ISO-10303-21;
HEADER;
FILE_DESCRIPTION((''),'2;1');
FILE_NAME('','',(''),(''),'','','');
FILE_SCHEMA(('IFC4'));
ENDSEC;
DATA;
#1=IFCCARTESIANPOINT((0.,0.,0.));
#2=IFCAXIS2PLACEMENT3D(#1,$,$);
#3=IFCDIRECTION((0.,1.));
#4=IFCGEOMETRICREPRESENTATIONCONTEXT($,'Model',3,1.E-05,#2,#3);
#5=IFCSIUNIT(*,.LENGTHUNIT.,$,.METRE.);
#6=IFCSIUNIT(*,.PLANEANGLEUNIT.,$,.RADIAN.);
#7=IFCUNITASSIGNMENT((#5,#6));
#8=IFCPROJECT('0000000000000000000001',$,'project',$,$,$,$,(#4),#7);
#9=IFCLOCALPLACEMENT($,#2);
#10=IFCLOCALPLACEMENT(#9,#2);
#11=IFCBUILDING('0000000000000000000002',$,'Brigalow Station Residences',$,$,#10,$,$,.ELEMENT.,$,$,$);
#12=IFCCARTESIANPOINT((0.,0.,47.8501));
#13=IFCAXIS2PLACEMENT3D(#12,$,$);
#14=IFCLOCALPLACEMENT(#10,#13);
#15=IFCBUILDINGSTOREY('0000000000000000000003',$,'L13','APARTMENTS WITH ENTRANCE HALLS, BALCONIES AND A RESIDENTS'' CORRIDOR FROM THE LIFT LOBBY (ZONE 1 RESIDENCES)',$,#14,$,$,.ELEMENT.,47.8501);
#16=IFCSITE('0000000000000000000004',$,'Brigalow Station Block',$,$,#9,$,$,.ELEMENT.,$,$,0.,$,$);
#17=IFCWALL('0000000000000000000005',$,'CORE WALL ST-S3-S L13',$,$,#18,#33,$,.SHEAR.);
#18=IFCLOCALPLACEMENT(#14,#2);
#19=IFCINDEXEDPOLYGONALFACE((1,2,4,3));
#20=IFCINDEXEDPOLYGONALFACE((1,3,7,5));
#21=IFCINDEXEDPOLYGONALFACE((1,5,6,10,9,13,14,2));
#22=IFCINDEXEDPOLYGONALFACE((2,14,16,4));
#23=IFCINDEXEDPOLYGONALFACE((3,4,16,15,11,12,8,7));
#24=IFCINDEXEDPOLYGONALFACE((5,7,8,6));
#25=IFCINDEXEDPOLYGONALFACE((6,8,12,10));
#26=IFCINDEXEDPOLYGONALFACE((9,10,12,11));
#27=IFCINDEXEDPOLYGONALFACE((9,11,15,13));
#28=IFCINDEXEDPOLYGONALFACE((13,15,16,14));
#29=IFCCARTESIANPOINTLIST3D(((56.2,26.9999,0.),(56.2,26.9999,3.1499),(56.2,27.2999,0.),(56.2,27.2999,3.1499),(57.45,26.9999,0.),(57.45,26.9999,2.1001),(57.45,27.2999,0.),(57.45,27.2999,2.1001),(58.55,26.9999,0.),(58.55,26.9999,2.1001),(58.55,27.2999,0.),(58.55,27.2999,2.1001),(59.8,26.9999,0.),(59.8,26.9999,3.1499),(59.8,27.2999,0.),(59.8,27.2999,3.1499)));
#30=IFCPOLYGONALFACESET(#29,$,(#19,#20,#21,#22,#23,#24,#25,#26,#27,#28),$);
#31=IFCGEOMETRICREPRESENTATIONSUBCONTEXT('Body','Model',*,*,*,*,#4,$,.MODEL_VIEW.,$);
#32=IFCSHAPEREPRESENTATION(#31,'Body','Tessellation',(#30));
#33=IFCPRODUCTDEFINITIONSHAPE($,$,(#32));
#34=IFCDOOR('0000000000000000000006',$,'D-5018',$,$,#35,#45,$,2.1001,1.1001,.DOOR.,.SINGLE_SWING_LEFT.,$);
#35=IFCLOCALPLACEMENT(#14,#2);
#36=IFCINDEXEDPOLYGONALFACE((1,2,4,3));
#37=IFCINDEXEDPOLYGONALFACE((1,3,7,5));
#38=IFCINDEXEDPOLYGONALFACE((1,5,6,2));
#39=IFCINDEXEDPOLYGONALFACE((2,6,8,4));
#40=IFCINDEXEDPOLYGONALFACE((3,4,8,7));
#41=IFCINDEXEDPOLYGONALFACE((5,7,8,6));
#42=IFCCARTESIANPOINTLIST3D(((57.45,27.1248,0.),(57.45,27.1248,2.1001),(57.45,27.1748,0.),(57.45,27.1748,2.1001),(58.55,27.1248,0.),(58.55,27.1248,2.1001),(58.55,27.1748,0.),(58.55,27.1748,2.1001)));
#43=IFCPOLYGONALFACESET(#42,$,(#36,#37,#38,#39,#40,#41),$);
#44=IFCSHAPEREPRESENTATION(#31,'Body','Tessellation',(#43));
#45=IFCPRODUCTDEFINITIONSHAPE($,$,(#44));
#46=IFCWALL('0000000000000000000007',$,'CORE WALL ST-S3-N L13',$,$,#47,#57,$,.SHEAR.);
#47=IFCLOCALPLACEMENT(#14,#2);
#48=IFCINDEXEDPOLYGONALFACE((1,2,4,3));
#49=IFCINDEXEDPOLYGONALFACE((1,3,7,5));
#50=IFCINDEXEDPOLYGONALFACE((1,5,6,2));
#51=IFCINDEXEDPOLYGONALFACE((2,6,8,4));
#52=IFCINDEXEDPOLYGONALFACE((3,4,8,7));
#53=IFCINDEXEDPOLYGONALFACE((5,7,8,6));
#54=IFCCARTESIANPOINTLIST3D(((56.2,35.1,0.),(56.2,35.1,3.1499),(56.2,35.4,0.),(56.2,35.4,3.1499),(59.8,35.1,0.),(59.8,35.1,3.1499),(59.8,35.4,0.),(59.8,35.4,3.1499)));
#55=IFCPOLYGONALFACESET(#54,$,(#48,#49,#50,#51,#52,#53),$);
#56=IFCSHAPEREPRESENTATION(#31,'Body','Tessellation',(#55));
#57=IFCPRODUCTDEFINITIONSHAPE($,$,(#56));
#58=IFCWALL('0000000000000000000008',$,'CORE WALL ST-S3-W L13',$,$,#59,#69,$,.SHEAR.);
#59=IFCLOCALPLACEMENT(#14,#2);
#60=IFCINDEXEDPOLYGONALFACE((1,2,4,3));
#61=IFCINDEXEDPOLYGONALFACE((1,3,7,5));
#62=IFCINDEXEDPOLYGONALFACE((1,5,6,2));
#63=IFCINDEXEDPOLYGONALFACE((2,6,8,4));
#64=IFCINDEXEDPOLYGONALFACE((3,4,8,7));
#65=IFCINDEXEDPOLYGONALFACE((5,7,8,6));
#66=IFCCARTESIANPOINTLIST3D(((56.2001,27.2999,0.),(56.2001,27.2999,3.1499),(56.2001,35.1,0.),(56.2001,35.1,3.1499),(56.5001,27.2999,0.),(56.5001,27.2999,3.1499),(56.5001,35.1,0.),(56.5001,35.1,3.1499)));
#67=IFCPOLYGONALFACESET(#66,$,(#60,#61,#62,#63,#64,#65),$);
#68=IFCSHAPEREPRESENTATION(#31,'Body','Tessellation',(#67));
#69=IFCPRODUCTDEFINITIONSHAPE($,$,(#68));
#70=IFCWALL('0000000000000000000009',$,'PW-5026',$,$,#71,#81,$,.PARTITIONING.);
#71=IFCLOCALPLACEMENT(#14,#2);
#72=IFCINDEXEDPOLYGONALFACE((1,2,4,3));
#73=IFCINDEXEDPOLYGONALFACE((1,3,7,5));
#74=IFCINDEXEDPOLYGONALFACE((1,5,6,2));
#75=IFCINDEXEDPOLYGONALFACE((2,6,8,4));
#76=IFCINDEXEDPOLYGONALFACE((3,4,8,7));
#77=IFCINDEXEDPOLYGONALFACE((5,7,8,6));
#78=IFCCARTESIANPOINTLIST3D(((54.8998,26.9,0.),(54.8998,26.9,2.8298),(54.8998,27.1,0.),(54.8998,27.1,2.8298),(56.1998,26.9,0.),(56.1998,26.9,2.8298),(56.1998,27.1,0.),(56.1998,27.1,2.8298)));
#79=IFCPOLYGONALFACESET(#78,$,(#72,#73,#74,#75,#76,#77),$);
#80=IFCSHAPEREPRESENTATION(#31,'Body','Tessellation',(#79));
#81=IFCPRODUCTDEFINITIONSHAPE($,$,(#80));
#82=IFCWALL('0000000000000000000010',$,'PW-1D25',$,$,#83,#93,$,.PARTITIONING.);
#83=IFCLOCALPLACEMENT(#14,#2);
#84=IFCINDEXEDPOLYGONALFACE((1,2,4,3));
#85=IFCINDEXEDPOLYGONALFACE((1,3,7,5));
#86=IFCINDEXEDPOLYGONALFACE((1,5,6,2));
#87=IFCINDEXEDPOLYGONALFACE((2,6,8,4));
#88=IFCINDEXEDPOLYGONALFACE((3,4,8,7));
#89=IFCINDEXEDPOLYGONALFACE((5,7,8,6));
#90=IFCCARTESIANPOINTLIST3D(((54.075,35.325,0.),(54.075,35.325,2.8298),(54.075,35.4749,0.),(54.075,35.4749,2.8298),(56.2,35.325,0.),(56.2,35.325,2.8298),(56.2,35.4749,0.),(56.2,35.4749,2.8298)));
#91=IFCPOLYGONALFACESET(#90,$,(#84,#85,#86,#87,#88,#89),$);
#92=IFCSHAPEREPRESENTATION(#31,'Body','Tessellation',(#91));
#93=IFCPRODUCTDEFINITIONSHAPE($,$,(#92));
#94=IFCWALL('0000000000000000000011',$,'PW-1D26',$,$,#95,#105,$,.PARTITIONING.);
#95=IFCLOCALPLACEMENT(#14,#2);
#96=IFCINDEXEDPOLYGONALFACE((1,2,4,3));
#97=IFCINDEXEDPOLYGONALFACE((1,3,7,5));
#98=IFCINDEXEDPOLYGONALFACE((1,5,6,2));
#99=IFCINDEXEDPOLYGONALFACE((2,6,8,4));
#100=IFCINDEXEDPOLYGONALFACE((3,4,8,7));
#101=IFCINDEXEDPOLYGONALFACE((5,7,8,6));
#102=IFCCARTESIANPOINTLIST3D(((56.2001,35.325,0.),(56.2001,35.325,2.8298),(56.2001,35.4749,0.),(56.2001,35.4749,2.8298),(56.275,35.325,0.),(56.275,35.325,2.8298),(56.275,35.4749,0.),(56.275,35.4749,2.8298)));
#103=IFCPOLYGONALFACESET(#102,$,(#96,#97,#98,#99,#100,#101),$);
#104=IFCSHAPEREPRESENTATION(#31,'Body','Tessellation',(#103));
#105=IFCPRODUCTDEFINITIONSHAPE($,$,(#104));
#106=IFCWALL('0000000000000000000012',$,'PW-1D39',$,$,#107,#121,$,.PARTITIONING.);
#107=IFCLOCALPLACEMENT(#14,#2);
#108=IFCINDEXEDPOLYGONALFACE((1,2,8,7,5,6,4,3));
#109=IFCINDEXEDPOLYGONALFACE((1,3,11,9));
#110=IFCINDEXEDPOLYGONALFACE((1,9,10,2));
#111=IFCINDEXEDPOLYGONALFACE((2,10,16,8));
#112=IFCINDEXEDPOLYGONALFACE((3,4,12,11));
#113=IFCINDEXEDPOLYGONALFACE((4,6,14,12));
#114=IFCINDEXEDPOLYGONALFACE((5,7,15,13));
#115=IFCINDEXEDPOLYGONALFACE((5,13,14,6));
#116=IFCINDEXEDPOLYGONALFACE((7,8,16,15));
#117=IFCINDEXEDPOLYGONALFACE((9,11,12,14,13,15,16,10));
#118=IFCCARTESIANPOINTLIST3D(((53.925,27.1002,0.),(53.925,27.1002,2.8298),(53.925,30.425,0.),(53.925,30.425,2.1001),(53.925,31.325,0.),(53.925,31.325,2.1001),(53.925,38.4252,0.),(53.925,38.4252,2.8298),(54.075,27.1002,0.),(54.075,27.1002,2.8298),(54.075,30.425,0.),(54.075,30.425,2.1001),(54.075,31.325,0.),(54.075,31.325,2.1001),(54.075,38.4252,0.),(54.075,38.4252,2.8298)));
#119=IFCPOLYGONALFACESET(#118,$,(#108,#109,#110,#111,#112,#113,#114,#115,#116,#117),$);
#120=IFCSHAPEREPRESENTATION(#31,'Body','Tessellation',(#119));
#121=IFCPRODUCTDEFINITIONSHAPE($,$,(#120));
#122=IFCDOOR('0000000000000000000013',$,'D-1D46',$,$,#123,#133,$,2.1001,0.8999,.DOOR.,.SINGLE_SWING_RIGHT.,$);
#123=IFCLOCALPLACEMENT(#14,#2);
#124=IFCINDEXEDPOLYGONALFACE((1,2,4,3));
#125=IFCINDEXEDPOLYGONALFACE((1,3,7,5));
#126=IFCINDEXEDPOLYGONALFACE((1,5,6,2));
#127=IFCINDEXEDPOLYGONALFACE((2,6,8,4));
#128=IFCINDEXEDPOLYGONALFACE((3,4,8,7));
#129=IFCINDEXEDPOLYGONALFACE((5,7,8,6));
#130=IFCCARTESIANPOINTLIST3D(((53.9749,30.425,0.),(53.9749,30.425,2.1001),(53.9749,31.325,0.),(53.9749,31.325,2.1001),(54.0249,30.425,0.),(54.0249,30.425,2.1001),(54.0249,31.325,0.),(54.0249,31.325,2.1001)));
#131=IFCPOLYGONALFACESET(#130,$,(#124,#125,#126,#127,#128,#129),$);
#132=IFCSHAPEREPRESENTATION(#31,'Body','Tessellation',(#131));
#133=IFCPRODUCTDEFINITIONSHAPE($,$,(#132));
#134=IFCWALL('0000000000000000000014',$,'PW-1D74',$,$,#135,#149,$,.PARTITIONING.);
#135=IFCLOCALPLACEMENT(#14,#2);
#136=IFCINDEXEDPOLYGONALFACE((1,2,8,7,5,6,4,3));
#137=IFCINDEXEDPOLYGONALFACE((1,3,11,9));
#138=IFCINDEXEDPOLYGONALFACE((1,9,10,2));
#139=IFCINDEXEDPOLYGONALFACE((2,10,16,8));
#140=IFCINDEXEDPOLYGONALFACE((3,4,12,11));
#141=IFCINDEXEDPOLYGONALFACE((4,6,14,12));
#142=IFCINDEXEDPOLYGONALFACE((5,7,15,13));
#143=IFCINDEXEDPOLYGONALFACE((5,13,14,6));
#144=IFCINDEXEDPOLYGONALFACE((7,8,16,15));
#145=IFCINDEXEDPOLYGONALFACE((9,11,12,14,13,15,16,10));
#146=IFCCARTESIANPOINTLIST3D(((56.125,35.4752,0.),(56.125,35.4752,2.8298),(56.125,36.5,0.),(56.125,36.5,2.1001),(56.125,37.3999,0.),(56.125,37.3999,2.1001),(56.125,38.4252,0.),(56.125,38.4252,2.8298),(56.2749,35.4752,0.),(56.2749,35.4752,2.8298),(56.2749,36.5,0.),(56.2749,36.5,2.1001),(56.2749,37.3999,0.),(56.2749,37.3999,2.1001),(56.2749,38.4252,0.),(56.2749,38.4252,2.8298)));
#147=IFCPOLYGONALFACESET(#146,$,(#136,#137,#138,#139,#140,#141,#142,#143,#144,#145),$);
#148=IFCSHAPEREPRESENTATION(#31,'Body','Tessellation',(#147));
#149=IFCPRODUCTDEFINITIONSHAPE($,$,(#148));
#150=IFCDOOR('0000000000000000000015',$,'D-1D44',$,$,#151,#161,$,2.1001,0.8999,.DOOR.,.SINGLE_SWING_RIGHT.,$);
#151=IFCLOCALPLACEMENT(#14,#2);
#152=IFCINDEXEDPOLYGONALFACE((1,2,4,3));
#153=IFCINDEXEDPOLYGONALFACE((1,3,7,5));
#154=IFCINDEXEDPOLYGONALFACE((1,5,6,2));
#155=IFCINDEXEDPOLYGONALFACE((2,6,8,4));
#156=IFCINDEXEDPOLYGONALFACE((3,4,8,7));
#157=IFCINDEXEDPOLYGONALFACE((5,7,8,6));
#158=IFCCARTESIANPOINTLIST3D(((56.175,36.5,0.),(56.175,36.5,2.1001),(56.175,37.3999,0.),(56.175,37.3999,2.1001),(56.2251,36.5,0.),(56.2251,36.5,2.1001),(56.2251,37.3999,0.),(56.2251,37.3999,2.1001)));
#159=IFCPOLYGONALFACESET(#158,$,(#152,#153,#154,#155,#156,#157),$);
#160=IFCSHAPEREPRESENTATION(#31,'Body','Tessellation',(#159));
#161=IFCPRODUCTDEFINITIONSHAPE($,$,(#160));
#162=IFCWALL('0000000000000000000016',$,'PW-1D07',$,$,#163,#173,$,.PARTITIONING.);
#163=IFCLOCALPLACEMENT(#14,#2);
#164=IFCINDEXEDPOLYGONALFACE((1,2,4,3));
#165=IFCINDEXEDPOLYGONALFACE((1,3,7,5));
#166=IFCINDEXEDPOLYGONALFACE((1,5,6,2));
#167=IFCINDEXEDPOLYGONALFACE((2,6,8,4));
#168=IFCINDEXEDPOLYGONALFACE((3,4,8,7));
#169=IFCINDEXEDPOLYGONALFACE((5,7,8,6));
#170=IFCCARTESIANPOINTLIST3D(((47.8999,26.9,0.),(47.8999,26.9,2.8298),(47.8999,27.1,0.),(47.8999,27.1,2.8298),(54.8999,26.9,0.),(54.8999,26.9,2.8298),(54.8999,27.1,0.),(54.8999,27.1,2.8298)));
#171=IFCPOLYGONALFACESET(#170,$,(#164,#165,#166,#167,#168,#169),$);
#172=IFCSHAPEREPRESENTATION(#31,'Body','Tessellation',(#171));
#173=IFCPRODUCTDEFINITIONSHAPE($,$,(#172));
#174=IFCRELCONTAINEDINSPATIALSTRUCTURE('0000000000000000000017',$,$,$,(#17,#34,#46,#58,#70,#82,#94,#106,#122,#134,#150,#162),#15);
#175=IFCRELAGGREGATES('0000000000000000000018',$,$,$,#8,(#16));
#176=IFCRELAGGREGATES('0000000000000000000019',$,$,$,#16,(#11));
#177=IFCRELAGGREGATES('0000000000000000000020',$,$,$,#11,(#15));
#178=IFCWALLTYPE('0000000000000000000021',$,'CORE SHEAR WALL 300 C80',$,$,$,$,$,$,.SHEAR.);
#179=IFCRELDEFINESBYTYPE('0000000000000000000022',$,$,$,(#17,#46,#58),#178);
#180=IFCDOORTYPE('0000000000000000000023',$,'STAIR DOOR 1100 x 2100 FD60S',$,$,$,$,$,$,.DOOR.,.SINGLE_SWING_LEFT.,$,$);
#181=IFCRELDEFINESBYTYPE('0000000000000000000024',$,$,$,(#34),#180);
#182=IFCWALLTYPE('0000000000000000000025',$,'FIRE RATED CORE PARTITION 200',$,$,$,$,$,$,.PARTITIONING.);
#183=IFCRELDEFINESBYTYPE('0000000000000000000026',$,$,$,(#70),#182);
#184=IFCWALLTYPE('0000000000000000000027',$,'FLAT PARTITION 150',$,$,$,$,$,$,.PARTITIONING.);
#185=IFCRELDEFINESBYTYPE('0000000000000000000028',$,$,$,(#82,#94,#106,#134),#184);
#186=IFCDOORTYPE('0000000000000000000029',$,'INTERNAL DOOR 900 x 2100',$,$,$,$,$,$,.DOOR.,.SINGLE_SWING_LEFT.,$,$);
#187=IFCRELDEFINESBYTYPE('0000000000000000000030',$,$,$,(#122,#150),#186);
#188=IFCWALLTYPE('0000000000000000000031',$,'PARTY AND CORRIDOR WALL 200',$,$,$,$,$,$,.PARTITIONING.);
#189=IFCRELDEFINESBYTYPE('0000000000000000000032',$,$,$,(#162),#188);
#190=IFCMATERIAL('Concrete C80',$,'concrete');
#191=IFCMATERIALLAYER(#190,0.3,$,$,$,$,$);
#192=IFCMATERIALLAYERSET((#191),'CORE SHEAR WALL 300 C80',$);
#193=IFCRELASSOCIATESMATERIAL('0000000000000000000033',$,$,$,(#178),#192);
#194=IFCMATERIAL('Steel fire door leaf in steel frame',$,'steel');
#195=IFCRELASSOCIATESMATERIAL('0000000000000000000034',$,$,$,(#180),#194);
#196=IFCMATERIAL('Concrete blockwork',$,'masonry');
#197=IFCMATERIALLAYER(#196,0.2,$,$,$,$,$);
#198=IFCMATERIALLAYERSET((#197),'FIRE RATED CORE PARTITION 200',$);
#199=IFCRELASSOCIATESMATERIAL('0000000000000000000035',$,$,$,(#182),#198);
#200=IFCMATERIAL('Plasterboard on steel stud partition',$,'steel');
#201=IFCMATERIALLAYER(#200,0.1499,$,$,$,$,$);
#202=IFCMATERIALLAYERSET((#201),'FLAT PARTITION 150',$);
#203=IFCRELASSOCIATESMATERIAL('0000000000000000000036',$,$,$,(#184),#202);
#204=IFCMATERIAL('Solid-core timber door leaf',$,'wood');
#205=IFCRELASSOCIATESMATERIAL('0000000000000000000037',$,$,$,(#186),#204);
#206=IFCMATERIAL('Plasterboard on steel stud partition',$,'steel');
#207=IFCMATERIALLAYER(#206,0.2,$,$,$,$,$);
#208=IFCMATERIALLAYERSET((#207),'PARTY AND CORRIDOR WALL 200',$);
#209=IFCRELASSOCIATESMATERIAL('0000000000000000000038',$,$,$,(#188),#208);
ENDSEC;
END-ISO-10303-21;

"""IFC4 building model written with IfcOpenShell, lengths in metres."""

from ifc_helpers import new_model, si_unit, direction, frame, frame_2d, origin, place, context, subcontext, project, spatial, rectangle, extrude, material, layer, layer_set, type_object, element, fill, save


model = new_model("IFC4")

# Units and contexts
model_context = context("Model", 3, precision=1e-05, world=origin(), true_north=direction((0.0, 1.0)))
body_context = subcontext(model_context, "Body", "Model", "MODEL_VIEW")
ifc_project = project(units=[si_unit("LENGTHUNIT", "METRE"), si_unit("PLANEANGLEUNIT", "RADIAN")], contexts=[model_context])

# Site, building, storey
site_placement = place(None, origin())
site = spatial("IfcSite", under=ifc_project, at=site_placement, Name="Brigalow Station Block", CompositionType="ELEMENT", RefElevation=0.0)
building_placement = place(site_placement, origin())
building = spatial("IfcBuilding", under=site, at=building_placement, Name="Brigalow Station Residences", CompositionType="ELEMENT")
storey_placement = place(building_placement, frame((0.0, 0.0, 47.8501)))
storey = spatial("IfcBuildingStorey", under=building, at=storey_placement, Name="L13", Description="APARTMENTS WITH ENTRANCE HALLS, BALCONIES AND A RESIDENTS' CORRIDOR FROM THE LIFT LOBBY (ZONE 1 RESIDENCES)", CompositionType="ELEMENT", Elevation=47.8501)

# Wall, opening, door
ifc_material_1 = material(Name="Concrete C80", Category="concrete")
ifc_layer_1 = layer(ifc_material_1, 0.3)
ifc_layer_set_1 = layer_set([ifc_layer_1], Name="CORE SHEAR WALL 300 C80")
wall_type_1 = type_object("IfcWallType", Name="CORE SHEAR WALL 300 C80", PredefinedType="SHEAR", material=ifc_layer_set_1)
wall_1_placement = place(storey_placement, frame((56.2, 27.1499, 0.0), z_axis=(0.0, 0.0, 1.0), x_axis=(1.0, 0.0, 0.0)))
wall_1 = element("IfcWall", 1, at=wall_1_placement, inside=storey, type_object=wall_type_1, Name="CORE WALL ST-S3-S L13", PredefinedType="SHEAR", context=body_context, shape_type="SweptSolid", body=[
    extrude(rectangle(XDim=3.6001, YDim=0.3, at=frame_2d((1.8, 0.0))), origin(), (0.0, 0.0, 1.0), 3.1499),
])
opening_1_placement = place(wall_1_placement, frame((1.25, 0.0, 0.0)))
opening_1 = element("IfcOpeningElement", 2, at=opening_1_placement, cuts=wall_1, PredefinedType="OPENING", context=body_context, shape_type="SweptSolid", body=[
    extrude(rectangle(XDim=1.1001, YDim=2.1001, at=frame_2d((0.55, 1.05))), frame((0.0, 0.1602, 0.0), z_axis=(0.0, -1.0, 0.0), x_axis=(1.0, 0.0, 0.0)), (0.0, 0.0, 1.0), 0.3201),
])
ifc_material_2 = material(Name="Steel fire door leaf in steel frame", Category="steel")
door_type_1 = type_object("IfcDoorType", Name="STAIR DOOR 1100 x 2100 FD60S", OperationType="SINGLE_SWING_LEFT", PredefinedType="DOOR", material=ifc_material_2)
door_1_placement = place(opening_1_placement, origin())
door_1 = element("IfcDoor", 3, at=door_1_placement, inside=storey, type_object=door_type_1, Name="D-5018", OperationType="SINGLE_SWING_LEFT", OverallHeight=2.1001, OverallWidth=1.1001, PredefinedType="DOOR", context=body_context, shape_type="SweptSolid", body=[
    extrude(rectangle(XDim=1.1001, YDim=2.1001, at=frame_2d((0.55, 1.05))), frame((0.0, 0.0249, 0.0), z_axis=(0.0, -1.0, 0.0), x_axis=(1.0, 0.0, 0.0)), (0.0, 0.0, 1.0), 0.05),
])
fill(opening_1, door_1)

# Walls
wall_2_placement = place(storey_placement, frame((56.2, 35.25, 0.0), z_axis=(0.0, 0.0, 1.0), x_axis=(1.0, 0.0, 0.0)))
element("IfcWall", 4, at=wall_2_placement, inside=storey, type_object=wall_type_1, Name="CORE WALL ST-S3-N L13", PredefinedType="SHEAR", context=body_context, shape_type="SweptSolid", body=[
    extrude(rectangle(XDim=3.6001, YDim=0.3, at=frame_2d((1.8, 0.0))), origin(), (0.0, 0.0, 1.0), 3.1499),
])
wall_3_placement = place(storey_placement, frame((56.3501, 27.3, 0.0), z_axis=(0.0, 0.0, 1.0), x_axis=(0.0, 1.0, 0.0)))
element("IfcWall", 5, at=wall_3_placement, inside=storey, type_object=wall_type_1, Name="CORE WALL ST-S3-W L13", PredefinedType="SHEAR", context=body_context, shape_type="SweptSolid", body=[
    extrude(rectangle(XDim=7.8, YDim=0.3, at=frame_2d((3.8999, 0.0))), origin(), (0.0, 0.0, 1.0), 3.1499),
])
ifc_material_3 = material(Name="Concrete blockwork", Category="masonry")
ifc_layer_2 = layer(ifc_material_3, 0.2)
ifc_layer_set_2 = layer_set([ifc_layer_2], Name="FIRE RATED CORE PARTITION 200")
wall_type_2 = type_object("IfcWallType", Name="FIRE RATED CORE PARTITION 200", PredefinedType="PARTITIONING", material=ifc_layer_set_2)
wall_4_placement = place(storey_placement, frame((54.8999, 27.0, 0.0), z_axis=(0.0, 0.0, 1.0), x_axis=(1.0, 0.0, 0.0)))
element("IfcWall", 6, at=wall_4_placement, inside=storey, type_object=wall_type_2, Name="PW-5026", PredefinedType="PARTITIONING", context=body_context, shape_type="SweptSolid", body=[
    extrude(rectangle(XDim=1.3, YDim=0.2, at=frame_2d((0.6499, 0.0))), origin(), (0.0, 0.0, 1.0), 2.8298),
])
ifc_material_4 = material(Name="Plasterboard on steel stud partition", Category="steel")
ifc_layer_3 = layer(ifc_material_4, 0.1499)
ifc_layer_set_3 = layer_set([ifc_layer_3], Name="FLAT PARTITION 150")
wall_type_3 = type_object("IfcWallType", Name="FLAT PARTITION 150", PredefinedType="PARTITIONING", material=ifc_layer_set_3)
wall_5_placement = place(storey_placement, frame((54.075, 35.3999, 0.0), z_axis=(0.0, 0.0, 1.0), x_axis=(1.0, 0.0, 0.0)))
element("IfcWall", 7, at=wall_5_placement, inside=storey, type_object=wall_type_3, Name="PW-1D25", PredefinedType="PARTITIONING", context=body_context, shape_type="SweptSolid", body=[
    extrude(rectangle(XDim=2.125, YDim=0.1499, at=frame_2d((1.0625, 0.0))), origin(), (0.0, 0.0, 1.0), 2.8298),
])
wall_6_placement = place(storey_placement, frame((56.2, 35.3999, 0.0), z_axis=(0.0, 0.0, 1.0), x_axis=(1.0, 0.0, 0.0)))
element("IfcWall", 8, at=wall_6_placement, inside=storey, type_object=wall_type_3, Name="PW-1D26", PredefinedType="PARTITIONING", context=body_context, shape_type="SweptSolid", body=[
    extrude(rectangle(XDim=0.075, YDim=0.1499, at=frame_2d((0.0376, 0.0))), origin(), (0.0, 0.0, 1.0), 2.8298),
])

# Walls, openings, doors
wall_7_placement = place(storey_placement, frame((54.0, 27.1001, 0.0), z_axis=(0.0, 0.0, 1.0), x_axis=(0.0, 1.0, 0.0)))
wall_7 = element("IfcWall", 9, at=wall_7_placement, inside=storey, type_object=wall_type_3, Name="PW-1D39", PredefinedType="PARTITIONING", context=body_context, shape_type="SweptSolid", body=[
    extrude(rectangle(XDim=11.325, YDim=0.1499, at=frame_2d((5.6626, 0.0))), origin(), (0.0, 0.0, 1.0), 2.8298),
])
opening_2_placement = place(wall_7_placement, frame((3.325, 0.0, 0.0)))
opening_2 = element("IfcOpeningElement", 10, at=opening_2_placement, cuts=wall_7, PredefinedType="OPENING", context=body_context, shape_type="SweptSolid", body=[
    extrude(rectangle(XDim=0.8999, YDim=2.1001, at=frame_2d((0.45, 1.05))), frame((0.0, 0.085, 0.0), z_axis=(0.0, -1.0, 0.0), x_axis=(1.0, 0.0, 0.0)), (0.0, 0.0, 1.0), 0.1699),
])
ifc_material_5 = material(Name="Solid-core timber door leaf", Category="wood")
door_type_2 = type_object("IfcDoorType", Name="INTERNAL DOOR 900 x 2100", OperationType="SINGLE_SWING_LEFT", PredefinedType="DOOR", material=ifc_material_5)
door_2_placement = place(opening_2_placement, frame((0.8999, 0.0, 0.0), z_axis=(0.0, 0.0, 1.0), x_axis=(-1.0, 0.0, 0.0)))
door_2 = element("IfcDoor", 11, at=door_2_placement, inside=storey, type_object=door_type_2, Name="D-1D46", OperationType="SINGLE_SWING_RIGHT", OverallHeight=2.1001, OverallWidth=0.8999, PredefinedType="DOOR", context=body_context, shape_type="SweptSolid", body=[
    extrude(rectangle(XDim=0.8999, YDim=2.1001, at=frame_2d((0.45, 1.05))), frame((0.0, 0.0249, 0.0), z_axis=(0.0, -1.0, 0.0), x_axis=(1.0, 0.0, 0.0)), (0.0, 0.0, 1.0), 0.05),
])
fill(opening_2, door_2)
wall_8_placement = place(storey_placement, frame((56.2, 35.4751, 0.0), z_axis=(0.0, 0.0, 1.0), x_axis=(0.0, 1.0, 0.0)))
wall_8 = element("IfcWall", 12, at=wall_8_placement, inside=storey, type_object=wall_type_3, Name="PW-1D74", PredefinedType="PARTITIONING", context=body_context, shape_type="SweptSolid", body=[
    extrude(rectangle(XDim=2.95, YDim=0.1499, at=frame_2d((1.4751, 0.0))), origin(), (0.0, 0.0, 1.0), 2.8298),
])
opening_3_placement = place(wall_8_placement, frame((1.0249, 0.0, 0.0)))
opening_3 = element("IfcOpeningElement", 13, at=opening_3_placement, cuts=wall_8, PredefinedType="OPENING", context=body_context, shape_type="SweptSolid", body=[
    extrude(rectangle(XDim=0.8999, YDim=2.1001, at=frame_2d((0.45, 1.05))), frame((0.0, 0.085, 0.0), z_axis=(0.0, -1.0, 0.0), x_axis=(1.0, 0.0, 0.0)), (0.0, 0.0, 1.0), 0.1699),
])
door_3_placement = place(opening_3_placement, origin())
door_3 = element("IfcDoor", 14, at=door_3_placement, inside=storey, type_object=door_type_2, Name="D-1D44", OperationType="SINGLE_SWING_RIGHT", OverallHeight=2.1001, OverallWidth=0.8999, PredefinedType="DOOR", context=body_context, shape_type="SweptSolid", body=[
    extrude(rectangle(XDim=0.8999, YDim=2.1001, at=frame_2d((0.45, 1.05))), frame((0.0, 0.0249, 0.0), z_axis=(0.0, -1.0, 0.0), x_axis=(1.0, 0.0, 0.0)), (0.0, 0.0, 1.0), 0.05),
])
fill(opening_3, door_3)

# Wall
ifc_material_6 = material(Name="Plasterboard on steel stud partition", Category="steel")
ifc_layer_4 = layer(ifc_material_6, 0.2)
ifc_layer_set_4 = layer_set([ifc_layer_4], Name="PARTY AND CORRIDOR WALL 200")
wall_type_4 = type_object("IfcWallType", Name="PARTY AND CORRIDOR WALL 200", PredefinedType="PARTITIONING", material=ifc_layer_set_4)
wall_9_placement = place(storey_placement, frame((47.8999, 27.0, 0.0), z_axis=(0.0, 0.0, 1.0), x_axis=(1.0, 0.0, 0.0)))
element("IfcWall", 15, at=wall_9_placement, inside=storey, type_object=wall_type_4, Name="PW-1D07", PredefinedType="PARTITIONING", context=body_context, shape_type="SweptSolid", body=[
    extrude(rectangle(XDim=7.0, YDim=0.2, at=frame_2d((3.5, 0.0))), origin(), (0.0, 0.0, 1.0), 2.8298),
])

save(model, "model.ifc")
